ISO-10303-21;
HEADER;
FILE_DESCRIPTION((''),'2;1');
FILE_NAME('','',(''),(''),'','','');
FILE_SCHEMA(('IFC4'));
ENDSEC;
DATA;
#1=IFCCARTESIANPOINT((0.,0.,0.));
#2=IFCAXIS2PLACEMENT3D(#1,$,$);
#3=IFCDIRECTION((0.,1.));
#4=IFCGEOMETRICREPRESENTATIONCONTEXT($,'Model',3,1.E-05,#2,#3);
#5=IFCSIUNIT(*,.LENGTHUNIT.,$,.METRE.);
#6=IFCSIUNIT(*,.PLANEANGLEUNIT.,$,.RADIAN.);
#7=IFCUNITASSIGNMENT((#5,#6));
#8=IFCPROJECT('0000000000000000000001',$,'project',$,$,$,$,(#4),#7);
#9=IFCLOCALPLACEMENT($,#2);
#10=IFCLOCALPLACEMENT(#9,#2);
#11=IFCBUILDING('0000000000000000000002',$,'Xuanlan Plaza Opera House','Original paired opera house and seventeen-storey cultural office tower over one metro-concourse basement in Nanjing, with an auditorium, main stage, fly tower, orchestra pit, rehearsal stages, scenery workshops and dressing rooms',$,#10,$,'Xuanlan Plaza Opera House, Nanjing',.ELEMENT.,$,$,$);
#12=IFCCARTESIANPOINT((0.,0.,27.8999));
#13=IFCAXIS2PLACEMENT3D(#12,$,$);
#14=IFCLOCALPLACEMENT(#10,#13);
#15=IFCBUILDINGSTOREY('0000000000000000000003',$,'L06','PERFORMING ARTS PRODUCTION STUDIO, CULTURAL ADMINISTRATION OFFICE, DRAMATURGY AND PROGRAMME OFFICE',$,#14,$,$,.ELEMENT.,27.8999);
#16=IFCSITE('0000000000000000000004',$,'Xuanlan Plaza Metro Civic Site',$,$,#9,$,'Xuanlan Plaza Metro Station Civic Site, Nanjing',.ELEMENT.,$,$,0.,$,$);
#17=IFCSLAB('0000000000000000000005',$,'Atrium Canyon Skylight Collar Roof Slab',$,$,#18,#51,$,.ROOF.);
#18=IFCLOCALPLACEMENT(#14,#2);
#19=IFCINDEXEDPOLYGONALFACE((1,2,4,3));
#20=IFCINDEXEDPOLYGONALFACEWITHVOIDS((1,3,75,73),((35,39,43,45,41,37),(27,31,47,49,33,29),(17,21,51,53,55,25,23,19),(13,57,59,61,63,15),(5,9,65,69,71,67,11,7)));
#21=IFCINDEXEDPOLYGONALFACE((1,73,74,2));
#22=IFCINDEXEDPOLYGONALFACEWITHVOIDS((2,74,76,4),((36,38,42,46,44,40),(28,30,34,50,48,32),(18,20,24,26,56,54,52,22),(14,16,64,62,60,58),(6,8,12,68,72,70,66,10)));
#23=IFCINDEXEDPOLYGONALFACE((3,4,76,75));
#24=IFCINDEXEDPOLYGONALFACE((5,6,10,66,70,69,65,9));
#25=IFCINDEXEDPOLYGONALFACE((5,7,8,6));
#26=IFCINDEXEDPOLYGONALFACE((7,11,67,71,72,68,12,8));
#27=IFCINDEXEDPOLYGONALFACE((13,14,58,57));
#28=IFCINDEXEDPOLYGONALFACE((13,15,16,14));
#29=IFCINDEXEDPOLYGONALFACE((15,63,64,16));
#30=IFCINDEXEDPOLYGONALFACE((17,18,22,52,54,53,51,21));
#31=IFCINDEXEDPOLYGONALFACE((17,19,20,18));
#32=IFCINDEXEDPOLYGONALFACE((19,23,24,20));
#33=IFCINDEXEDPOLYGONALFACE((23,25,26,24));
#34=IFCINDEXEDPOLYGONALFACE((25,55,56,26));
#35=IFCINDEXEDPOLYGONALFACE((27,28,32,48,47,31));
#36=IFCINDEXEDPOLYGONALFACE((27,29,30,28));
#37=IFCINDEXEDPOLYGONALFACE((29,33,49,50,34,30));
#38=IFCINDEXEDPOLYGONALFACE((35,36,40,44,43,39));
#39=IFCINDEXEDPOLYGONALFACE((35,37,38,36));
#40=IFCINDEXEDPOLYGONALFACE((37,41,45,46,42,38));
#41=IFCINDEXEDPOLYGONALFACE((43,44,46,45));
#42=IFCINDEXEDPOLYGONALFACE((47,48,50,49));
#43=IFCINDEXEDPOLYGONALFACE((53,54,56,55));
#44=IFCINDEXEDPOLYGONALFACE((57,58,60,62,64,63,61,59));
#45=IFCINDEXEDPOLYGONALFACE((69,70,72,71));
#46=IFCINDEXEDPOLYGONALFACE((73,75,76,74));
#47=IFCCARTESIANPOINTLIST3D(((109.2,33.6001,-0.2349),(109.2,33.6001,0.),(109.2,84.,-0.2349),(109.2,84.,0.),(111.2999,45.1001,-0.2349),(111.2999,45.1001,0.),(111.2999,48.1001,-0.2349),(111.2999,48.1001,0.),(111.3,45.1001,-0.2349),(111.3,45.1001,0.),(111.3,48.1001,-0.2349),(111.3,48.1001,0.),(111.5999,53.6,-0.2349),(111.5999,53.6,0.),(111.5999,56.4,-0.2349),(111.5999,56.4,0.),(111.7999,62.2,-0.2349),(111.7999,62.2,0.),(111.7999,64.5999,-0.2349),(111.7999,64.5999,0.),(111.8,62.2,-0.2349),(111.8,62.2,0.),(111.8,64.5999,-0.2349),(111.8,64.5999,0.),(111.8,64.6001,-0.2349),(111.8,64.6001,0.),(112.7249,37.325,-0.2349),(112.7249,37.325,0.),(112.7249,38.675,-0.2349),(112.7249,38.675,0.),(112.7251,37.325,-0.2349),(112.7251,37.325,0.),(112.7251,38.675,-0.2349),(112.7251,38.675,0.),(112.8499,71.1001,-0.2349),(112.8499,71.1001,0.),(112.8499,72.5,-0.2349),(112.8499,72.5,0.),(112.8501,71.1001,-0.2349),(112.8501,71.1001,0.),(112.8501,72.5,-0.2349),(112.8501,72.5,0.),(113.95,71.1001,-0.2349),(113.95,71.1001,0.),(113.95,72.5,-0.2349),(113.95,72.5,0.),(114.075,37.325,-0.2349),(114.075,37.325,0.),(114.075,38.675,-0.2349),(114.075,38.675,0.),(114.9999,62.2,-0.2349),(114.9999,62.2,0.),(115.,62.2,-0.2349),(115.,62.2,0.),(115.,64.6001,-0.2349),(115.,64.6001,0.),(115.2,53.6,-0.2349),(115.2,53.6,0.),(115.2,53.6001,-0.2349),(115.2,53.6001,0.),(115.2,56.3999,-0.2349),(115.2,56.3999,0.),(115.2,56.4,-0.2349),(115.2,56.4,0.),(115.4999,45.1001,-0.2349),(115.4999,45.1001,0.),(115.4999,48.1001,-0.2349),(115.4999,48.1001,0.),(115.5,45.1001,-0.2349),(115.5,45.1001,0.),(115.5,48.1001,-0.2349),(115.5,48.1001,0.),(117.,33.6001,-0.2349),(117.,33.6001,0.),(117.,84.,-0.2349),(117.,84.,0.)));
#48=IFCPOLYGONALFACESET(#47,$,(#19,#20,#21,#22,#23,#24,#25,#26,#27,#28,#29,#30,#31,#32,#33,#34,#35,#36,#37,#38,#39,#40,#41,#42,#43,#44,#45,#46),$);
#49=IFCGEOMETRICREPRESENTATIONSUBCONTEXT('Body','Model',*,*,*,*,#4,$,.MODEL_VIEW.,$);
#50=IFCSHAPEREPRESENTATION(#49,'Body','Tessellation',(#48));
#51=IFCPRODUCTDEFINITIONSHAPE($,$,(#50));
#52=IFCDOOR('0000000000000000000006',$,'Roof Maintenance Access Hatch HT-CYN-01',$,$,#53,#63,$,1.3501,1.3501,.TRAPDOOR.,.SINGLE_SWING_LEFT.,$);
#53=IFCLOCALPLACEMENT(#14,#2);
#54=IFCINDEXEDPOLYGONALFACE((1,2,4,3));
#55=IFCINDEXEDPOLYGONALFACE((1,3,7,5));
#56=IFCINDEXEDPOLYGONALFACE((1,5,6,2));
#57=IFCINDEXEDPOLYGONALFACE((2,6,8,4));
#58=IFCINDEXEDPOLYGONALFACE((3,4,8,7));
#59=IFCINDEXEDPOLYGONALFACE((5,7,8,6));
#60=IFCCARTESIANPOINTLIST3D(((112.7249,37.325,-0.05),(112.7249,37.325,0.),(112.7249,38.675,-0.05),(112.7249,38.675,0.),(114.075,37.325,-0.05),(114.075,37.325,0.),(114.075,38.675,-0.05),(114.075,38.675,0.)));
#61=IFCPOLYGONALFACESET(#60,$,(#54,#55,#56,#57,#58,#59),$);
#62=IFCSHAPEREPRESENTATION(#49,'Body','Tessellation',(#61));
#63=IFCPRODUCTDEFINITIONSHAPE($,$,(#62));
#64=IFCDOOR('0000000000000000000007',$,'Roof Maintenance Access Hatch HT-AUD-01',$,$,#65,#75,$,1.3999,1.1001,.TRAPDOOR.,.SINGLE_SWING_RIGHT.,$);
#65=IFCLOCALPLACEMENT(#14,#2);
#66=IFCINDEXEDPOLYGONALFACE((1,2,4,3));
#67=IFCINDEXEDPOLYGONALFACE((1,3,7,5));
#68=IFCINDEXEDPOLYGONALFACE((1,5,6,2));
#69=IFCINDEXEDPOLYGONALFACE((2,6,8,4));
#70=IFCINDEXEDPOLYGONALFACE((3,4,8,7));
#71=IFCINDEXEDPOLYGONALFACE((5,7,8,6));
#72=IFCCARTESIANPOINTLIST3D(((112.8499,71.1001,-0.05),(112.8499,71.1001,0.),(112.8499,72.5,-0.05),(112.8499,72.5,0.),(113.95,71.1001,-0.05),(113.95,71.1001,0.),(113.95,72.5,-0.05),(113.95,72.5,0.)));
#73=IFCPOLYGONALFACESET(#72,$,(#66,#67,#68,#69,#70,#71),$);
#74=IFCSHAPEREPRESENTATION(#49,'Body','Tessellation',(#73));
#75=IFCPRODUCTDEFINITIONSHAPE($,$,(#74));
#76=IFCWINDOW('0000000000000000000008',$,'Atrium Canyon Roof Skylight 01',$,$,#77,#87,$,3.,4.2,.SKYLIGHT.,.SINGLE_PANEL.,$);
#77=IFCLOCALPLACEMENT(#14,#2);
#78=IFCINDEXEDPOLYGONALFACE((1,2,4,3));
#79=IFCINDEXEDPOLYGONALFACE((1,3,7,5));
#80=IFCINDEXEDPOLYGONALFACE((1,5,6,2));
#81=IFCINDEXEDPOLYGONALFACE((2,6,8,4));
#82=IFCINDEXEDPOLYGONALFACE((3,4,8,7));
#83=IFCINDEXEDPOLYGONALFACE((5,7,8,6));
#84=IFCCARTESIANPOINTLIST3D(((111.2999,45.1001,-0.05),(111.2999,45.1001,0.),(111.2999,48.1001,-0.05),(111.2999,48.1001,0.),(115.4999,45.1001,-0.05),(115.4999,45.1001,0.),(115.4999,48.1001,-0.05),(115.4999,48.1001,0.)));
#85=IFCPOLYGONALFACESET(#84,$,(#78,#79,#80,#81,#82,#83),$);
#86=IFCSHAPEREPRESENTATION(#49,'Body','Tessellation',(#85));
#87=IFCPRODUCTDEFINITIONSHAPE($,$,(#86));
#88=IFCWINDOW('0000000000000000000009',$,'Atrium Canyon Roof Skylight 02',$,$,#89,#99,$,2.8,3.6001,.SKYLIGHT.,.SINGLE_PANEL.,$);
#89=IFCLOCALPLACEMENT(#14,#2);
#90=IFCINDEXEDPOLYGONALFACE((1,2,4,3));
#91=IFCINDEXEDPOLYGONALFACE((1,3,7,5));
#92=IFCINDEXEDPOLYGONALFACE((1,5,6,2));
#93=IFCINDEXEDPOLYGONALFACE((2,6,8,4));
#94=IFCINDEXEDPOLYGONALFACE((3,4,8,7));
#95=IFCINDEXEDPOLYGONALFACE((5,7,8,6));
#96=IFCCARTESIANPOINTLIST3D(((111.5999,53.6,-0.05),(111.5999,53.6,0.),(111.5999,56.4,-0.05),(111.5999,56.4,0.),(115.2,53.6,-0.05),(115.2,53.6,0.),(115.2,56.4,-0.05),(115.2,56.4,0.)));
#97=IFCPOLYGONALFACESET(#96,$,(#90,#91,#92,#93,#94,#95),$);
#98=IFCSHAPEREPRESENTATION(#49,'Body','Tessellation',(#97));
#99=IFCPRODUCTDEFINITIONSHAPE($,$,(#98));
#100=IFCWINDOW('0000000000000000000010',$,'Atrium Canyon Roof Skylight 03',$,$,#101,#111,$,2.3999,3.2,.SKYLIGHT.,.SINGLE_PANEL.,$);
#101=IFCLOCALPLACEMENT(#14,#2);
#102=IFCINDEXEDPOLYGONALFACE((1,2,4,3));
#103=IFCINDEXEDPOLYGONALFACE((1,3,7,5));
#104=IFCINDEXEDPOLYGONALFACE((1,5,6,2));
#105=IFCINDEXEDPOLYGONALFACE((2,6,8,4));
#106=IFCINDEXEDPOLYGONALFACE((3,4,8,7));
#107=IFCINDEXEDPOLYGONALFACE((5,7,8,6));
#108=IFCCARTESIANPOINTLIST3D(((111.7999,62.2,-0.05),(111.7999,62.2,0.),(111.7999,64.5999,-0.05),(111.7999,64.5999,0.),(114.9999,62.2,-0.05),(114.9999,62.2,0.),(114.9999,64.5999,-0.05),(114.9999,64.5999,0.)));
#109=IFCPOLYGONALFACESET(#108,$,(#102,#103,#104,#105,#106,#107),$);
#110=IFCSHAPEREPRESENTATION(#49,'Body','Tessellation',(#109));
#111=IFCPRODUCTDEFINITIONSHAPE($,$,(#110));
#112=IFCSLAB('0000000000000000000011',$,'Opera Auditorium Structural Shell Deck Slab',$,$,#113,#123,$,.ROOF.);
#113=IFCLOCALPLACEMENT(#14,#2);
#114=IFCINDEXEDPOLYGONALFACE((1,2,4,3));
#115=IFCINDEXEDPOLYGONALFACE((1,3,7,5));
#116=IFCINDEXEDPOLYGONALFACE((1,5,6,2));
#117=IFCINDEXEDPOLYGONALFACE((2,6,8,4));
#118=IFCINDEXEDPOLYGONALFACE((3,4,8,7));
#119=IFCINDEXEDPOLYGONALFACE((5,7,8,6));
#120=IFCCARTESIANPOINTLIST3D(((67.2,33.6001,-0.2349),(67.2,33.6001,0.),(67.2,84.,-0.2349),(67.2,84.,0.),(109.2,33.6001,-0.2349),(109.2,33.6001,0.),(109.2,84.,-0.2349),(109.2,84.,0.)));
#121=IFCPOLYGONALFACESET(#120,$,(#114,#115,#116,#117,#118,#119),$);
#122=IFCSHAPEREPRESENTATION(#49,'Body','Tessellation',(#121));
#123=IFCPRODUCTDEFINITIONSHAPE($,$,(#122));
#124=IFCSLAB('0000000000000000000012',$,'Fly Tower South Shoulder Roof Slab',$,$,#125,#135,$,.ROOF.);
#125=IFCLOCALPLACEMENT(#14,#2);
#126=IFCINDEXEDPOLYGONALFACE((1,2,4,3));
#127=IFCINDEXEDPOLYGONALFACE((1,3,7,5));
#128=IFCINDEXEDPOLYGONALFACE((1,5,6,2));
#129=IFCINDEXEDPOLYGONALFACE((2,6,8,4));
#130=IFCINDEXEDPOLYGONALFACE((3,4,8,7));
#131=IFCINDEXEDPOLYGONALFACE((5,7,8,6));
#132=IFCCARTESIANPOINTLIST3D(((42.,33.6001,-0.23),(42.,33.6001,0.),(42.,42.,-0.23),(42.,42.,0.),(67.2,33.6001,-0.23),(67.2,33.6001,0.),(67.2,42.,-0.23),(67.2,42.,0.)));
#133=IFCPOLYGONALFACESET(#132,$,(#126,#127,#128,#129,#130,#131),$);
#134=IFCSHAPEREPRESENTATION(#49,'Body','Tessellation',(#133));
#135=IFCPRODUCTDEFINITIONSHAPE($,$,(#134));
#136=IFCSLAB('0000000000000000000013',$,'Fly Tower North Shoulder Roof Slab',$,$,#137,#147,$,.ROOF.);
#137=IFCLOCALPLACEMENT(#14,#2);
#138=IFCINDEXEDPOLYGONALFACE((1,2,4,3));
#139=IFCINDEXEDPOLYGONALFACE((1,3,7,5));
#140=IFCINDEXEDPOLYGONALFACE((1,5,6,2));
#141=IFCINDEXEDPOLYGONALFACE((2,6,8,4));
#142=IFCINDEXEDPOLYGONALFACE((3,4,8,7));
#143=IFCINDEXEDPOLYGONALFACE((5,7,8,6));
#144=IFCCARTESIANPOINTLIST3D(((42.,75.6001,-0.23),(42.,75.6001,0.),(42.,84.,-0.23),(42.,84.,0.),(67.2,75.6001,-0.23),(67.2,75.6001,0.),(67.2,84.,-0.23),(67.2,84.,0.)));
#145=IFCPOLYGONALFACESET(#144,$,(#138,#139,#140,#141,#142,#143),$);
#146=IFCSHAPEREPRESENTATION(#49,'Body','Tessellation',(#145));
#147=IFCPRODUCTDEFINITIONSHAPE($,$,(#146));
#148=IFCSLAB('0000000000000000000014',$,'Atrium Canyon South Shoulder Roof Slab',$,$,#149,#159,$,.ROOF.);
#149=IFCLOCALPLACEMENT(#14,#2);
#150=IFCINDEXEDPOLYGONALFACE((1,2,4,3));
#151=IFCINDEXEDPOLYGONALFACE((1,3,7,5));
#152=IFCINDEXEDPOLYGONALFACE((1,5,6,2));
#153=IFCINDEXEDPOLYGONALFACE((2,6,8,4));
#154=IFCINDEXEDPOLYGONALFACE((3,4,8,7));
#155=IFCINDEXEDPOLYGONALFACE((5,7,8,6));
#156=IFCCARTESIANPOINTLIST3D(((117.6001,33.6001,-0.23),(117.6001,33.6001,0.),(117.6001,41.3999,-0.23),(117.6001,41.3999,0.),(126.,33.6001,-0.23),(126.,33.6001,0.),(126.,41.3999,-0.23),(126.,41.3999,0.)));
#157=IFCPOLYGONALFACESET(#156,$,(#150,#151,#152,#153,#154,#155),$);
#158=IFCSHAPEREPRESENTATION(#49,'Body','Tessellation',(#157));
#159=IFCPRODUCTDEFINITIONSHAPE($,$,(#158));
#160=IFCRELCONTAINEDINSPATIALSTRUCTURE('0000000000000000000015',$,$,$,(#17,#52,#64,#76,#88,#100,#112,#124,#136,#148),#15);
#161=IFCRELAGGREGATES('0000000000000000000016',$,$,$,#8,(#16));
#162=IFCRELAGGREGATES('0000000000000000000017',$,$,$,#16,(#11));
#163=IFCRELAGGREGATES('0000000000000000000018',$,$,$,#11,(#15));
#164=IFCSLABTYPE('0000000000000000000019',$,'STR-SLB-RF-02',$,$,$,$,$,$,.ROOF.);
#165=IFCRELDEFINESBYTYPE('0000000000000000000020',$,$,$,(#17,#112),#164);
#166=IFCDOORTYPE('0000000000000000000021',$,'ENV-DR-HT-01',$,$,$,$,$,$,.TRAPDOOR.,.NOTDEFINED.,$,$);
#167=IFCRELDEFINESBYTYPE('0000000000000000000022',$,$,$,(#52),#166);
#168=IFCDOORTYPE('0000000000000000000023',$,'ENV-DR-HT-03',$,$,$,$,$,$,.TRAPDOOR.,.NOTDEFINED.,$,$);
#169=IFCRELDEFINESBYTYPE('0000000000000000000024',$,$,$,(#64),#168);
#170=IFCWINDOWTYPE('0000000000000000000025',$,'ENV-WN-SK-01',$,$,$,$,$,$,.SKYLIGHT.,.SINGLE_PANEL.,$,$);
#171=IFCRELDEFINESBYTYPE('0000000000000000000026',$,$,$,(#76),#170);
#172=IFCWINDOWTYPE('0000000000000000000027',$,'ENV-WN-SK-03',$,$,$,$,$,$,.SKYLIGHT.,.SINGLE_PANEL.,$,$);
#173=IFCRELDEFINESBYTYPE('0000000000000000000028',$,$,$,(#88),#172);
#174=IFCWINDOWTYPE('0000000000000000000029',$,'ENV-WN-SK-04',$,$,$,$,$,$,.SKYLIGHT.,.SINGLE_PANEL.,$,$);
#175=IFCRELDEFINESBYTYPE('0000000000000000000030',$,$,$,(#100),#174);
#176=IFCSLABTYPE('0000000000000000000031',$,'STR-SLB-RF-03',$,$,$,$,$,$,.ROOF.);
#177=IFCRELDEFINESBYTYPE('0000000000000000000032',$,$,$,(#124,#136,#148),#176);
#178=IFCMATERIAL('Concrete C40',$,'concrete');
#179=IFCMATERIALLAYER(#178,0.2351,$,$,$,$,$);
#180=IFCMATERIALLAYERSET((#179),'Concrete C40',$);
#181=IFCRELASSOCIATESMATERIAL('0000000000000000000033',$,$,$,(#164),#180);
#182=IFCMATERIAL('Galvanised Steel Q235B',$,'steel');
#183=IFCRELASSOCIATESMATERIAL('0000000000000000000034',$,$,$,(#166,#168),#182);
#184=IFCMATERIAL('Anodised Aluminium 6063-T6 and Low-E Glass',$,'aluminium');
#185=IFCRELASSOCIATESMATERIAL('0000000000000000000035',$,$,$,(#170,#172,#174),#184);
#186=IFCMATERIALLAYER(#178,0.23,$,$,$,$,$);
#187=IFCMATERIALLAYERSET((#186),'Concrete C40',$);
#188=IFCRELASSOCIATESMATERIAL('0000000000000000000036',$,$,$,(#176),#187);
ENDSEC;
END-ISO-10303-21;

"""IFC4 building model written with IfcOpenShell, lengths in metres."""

from ifc_helpers import new_model, si_unit, direction, frame, origin, origin_2d, place, context, subcontext, project, spatial, polyline, rectangle, outline, extrude, material, layer, layer_set, type_object, element, fill, save


model = new_model("IFC4")

# Units and contexts
model_context = context("Model", 3, precision=1e-05, world=origin(), true_north=direction((0.0, 1.0)))
body_context = subcontext(model_context, "Body", "Model", "MODEL_VIEW")
ifc_project = project(units=[si_unit("LENGTHUNIT", "METRE"), si_unit("PLANEANGLEUNIT", "RADIAN")], contexts=[model_context])

# Site, building, storey
site_placement = place(None, origin())
site = spatial("IfcSite", under=ifc_project, at=site_placement, Name="Xuanlan Plaza Metro Civic Site", LongName="Xuanlan Plaza Metro Station Civic Site, Nanjing", CompositionType="ELEMENT", RefElevation=0.0)
building_placement = place(site_placement, origin())
building = spatial("IfcBuilding", under=site, at=building_placement, Name="Xuanlan Plaza Opera House", Description="Original paired opera house and seventeen-storey cultural office tower over one metro-concourse basement in Nanjing, with an auditorium, main stage, fly tower, orchestra pit, rehearsal stages, scenery workshops and dressing rooms", LongName="Xuanlan Plaza Opera House, Nanjing", CompositionType="ELEMENT")
storey_placement = place(building_placement, frame((0.0, 0.0, 27.8999)))
storey = spatial("IfcBuildingStorey", under=building, at=storey_placement, Name="L06", Description="PERFORMING ARTS PRODUCTION STUDIO, CULTURAL ADMINISTRATION OFFICE, DRAMATURGY AND PROGRAMME OFFICE", CompositionType="ELEMENT", Elevation=27.8999)

# Shared definitions
ifc_material_1 = material(Name="Concrete C40", Category="concrete")

# Slab, openings, doors, windows
ifc_layer_1 = layer(ifc_material_1, 0.2351)
ifc_layer_set_1 = layer_set([ifc_layer_1], Name="Concrete C40")
slab_type_1 = type_object("IfcSlabType", Name="STR-SLB-RF-02", PredefinedType="ROOF", material=ifc_layer_set_1)
slab_1_placement = place(storey_placement, frame((0.0, 0.0, -0.2349)))
slab_1 = element("IfcSlab", 1, at=slab_1_placement, inside=storey, type_object=slab_type_1, Name="Atrium Canyon Skylight Collar Roof Slab", PredefinedType="ROOF", context=body_context, shape_type="SweptSolid", body=[
    extrude(outline(polyline([(109.2, 33.6001), (117.0, 33.6001), (117.0, 84.0), (109.2, 84.0), (109.2, 33.6001)]), holes=[polyline([(111.3, 45.1001), (115.5, 45.1001), (115.5, 48.1001), (111.3, 48.1001), (111.3, 45.1001)]), polyline([(111.6001, 53.6001), (115.2, 53.6001), (115.2, 56.3999), (111.6001, 56.3999), (111.6001, 53.6001)]), polyline([(111.8, 62.2), (115.0, 62.2), (115.0, 64.6001), (111.8, 64.6001), (111.8, 62.2)]), polyline([(112.7251, 37.325), (114.075, 37.325), (114.075, 38.675), (112.7251, 38.675), (112.7251, 37.325)]), polyline([(112.8501, 71.1001), (113.95, 71.1001), (113.95, 72.5), (112.8501, 72.5), (112.8501, 71.1001)])]), origin(), (0.0, 0.0, 1.0), 0.2349),
])
opening_1_placement = place(slab_1_placement, frame((113.3999, 46.6001, 0.0)))
opening_1 = element("IfcOpeningElement", 2, at=opening_1_placement, cuts=slab_1, PredefinedType="OPENING", context=body_context, shape_type="SweptSolid", body=[
    extrude(rectangle(XDim=4.2, YDim=3.0, at=origin_2d()), origin(), (0.0, 0.0, 1.0), 0.2349),
])
opening_2_placement = place(slab_1_placement, frame((113.3999, 55.0, 0.0)))
opening_2 = element("IfcOpeningElement", 3, at=opening_2_placement, cuts=slab_1, PredefinedType="OPENING", context=body_context, shape_type="SweptSolid", body=[
    extrude(rectangle(XDim=3.6001, YDim=2.8, at=origin_2d()), origin(), (0.0, 0.0, 1.0), 0.2349),
])
opening_3_placement = place(slab_1_placement, frame((113.3999, 63.3999, 0.0)))
opening_3 = element("IfcOpeningElement", 4, at=opening_3_placement, cuts=slab_1, PredefinedType="OPENING", context=body_context, shape_type="SweptSolid", body=[
    extrude(rectangle(XDim=3.2, YDim=2.3999, at=origin_2d()), origin(), (0.0, 0.0, 1.0), 0.2349),
])
opening_4_placement = place(slab_1_placement, frame((113.3999, 38.0, 0.0)))
opening_4 = element("IfcOpeningElement", 5, at=opening_4_placement, cuts=slab_1, PredefinedType="OPENING", context=body_context, shape_type="SweptSolid", body=[
    extrude(rectangle(XDim=1.3501, YDim=1.3501, at=origin_2d()), origin(), (0.0, 0.0, 1.0), 0.2349),
])
opening_5_placement = place(slab_1_placement, frame((113.3999, 71.8, 0.0)))
opening_5 = element("IfcOpeningElement", 6, at=opening_5_placement, cuts=slab_1, PredefinedType="OPENING", context=body_context, shape_type="SweptSolid", body=[
    extrude(rectangle(XDim=1.1001, YDim=1.3999, at=origin_2d()), origin(), (0.0, 0.0, 1.0), 0.2349),
])
ifc_material_2 = material(Name="Galvanised Steel Q235B", Category="steel")
door_type_1 = type_object("IfcDoorType", Name="ENV-DR-HT-01", OperationType="NOTDEFINED", PredefinedType="TRAPDOOR", material=ifc_material_2)
door_1_placement = place(opening_4_placement, frame((0.0, 0.0, 0.1848)))
door_1 = element("IfcDoor", 7, at=door_1_placement, inside=storey, type_object=door_type_1, Name="Roof Maintenance Access Hatch HT-CYN-01", OperationType="SINGLE_SWING_LEFT", OverallHeight=1.3501, OverallWidth=1.3501, PredefinedType="TRAPDOOR", context=body_context, shape_type="SweptSolid", body=[
    extrude(rectangle(XDim=1.3501, YDim=1.3501, at=origin_2d()), origin(), (0.0, 0.0, 1.0), 0.05),
])
fill(opening_4, door_1)
door_type_2 = type_object("IfcDoorType", Name="ENV-DR-HT-03", OperationType="NOTDEFINED", PredefinedType="TRAPDOOR", material=ifc_material_2)
door_2_placement = place(opening_5_placement, frame((0.0, 0.0, 0.1848)))
door_2 = element("IfcDoor", 8, at=door_2_placement, inside=storey, type_object=door_type_2, Name="Roof Maintenance Access Hatch HT-AUD-01", OperationType="SINGLE_SWING_RIGHT", OverallHeight=1.3999, OverallWidth=1.1001, PredefinedType="TRAPDOOR", context=body_context, shape_type="SweptSolid", body=[
    extrude(rectangle(XDim=1.1001, YDim=1.3999, at=origin_2d()), origin(), (0.0, 0.0, 1.0), 0.05),
])
fill(opening_5, door_2)
ifc_material_3 = material(Name="Anodised Aluminium 6063-T6 and Low-E Glass", Category="aluminium")
window_type_1 = type_object("IfcWindowType", Name="ENV-WN-SK-01", PartitioningType="SINGLE_PANEL", PredefinedType="SKYLIGHT", material=ifc_material_3)
window_1_placement = place(opening_1_placement, frame((0.0, 0.0, 0.1848)))
window_1 = element("IfcWindow", 9, at=window_1_placement, inside=storey, type_object=window_type_1, Name="Atrium Canyon Roof Skylight 01", OverallHeight=3.0, OverallWidth=4.2, PartitioningType="SINGLE_PANEL", PredefinedType="SKYLIGHT", context=body_context, shape_type="SweptSolid", body=[
    extrude(rectangle(XDim=4.2, YDim=3.0, at=origin_2d()), origin(), (0.0, 0.0, 1.0), 0.05),
])
fill(opening_1, window_1)
window_type_2 = type_object("IfcWindowType", Name="ENV-WN-SK-03", PartitioningType="SINGLE_PANEL", PredefinedType="SKYLIGHT", material=ifc_material_3)
window_2_placement = place(opening_2_placement, frame((0.0, 0.0, 0.1848)))
window_2 = element("IfcWindow", 10, at=window_2_placement, inside=storey, type_object=window_type_2, Name="Atrium Canyon Roof Skylight 02", OverallHeight=2.8, OverallWidth=3.6001, PartitioningType="SINGLE_PANEL", PredefinedType="SKYLIGHT", context=body_context, shape_type="SweptSolid", body=[
    extrude(rectangle(XDim=3.6001, YDim=2.8, at=origin_2d()), origin(), (0.0, 0.0, 1.0), 0.05),
])
fill(opening_2, window_2)
window_type_3 = type_object("IfcWindowType", Name="ENV-WN-SK-04", PartitioningType="SINGLE_PANEL", PredefinedType="SKYLIGHT", material=ifc_material_3)
window_3_placement = place(opening_3_placement, frame((0.0, 0.0, 0.1848)))
window_3 = element("IfcWindow", 11, at=window_3_placement, inside=storey, type_object=window_type_3, Name="Atrium Canyon Roof Skylight 03", OverallHeight=2.3999, OverallWidth=3.2, PartitioningType="SINGLE_PANEL", PredefinedType="SKYLIGHT", context=body_context, shape_type="SweptSolid", body=[
    extrude(rectangle(XDim=3.2, YDim=2.3999, at=origin_2d()), origin(), (0.0, 0.0, 1.0), 0.05),
])
fill(opening_3, window_3)

# Slabs
slab_2_placement = place(storey_placement, frame((0.0, 0.0, -0.2349)))
element("IfcSlab", 12, at=slab_2_placement, inside=storey, type_object=slab_type_1, Name="Opera Auditorium Structural Shell Deck Slab", PredefinedType="ROOF", context=body_context, shape_type="SweptSolid", body=[
    extrude(outline(polyline([(67.2, 33.6001), (109.2, 33.6001), (109.2, 84.0), (67.2, 84.0), (67.2, 33.6001)])), origin(), (0.0, 0.0, 1.0), 0.2349),
])
ifc_layer_2 = layer(ifc_material_1, 0.23)
ifc_layer_set_2 = layer_set([ifc_layer_2], Name="Concrete C40")
slab_type_2 = type_object("IfcSlabType", Name="STR-SLB-RF-03", PredefinedType="ROOF", material=ifc_layer_set_2)
slab_3_placement = place(storey_placement, frame((0.0, 0.0, -0.23)))
element("IfcSlab", 13, at=slab_3_placement, inside=storey, type_object=slab_type_2, Name="Fly Tower South Shoulder Roof Slab", PredefinedType="ROOF", context=body_context, shape_type="SweptSolid", body=[
    extrude(outline(polyline([(42.0, 33.6001), (67.2, 33.6001), (67.2, 42.0), (42.0, 42.0), (42.0, 33.6001)])), origin(), (0.0, 0.0, 1.0), 0.23),
])
slab_4_placement = place(storey_placement, frame((0.0, 0.0, -0.23)))
element("IfcSlab", 14, at=slab_4_placement, inside=storey, type_object=slab_type_2, Name="Fly Tower North Shoulder Roof Slab", PredefinedType="ROOF", context=body_context, shape_type="SweptSolid", body=[
    extrude(outline(polyline([(42.0, 75.6001), (67.2, 75.6001), (67.2, 84.0), (42.0, 84.0), (42.0, 75.6001)])), origin(), (0.0, 0.0, 1.0), 0.23),
])
slab_5_placement = place(storey_placement, frame((0.0, 0.0, -0.23)))
element("IfcSlab", 15, at=slab_5_placement, inside=storey, type_object=slab_type_2, Name="Atrium Canyon South Shoulder Roof Slab", PredefinedType="ROOF", context=body_context, shape_type="SweptSolid", body=[
    extrude(outline(polyline([(117.6001, 33.6001), (126.0, 33.6001), (126.0, 41.3999), (117.6001, 41.3999), (117.6001, 33.6001)])), origin(), (0.0, 0.0, 1.0), 0.23),
])

save(model, "model.ifc")
